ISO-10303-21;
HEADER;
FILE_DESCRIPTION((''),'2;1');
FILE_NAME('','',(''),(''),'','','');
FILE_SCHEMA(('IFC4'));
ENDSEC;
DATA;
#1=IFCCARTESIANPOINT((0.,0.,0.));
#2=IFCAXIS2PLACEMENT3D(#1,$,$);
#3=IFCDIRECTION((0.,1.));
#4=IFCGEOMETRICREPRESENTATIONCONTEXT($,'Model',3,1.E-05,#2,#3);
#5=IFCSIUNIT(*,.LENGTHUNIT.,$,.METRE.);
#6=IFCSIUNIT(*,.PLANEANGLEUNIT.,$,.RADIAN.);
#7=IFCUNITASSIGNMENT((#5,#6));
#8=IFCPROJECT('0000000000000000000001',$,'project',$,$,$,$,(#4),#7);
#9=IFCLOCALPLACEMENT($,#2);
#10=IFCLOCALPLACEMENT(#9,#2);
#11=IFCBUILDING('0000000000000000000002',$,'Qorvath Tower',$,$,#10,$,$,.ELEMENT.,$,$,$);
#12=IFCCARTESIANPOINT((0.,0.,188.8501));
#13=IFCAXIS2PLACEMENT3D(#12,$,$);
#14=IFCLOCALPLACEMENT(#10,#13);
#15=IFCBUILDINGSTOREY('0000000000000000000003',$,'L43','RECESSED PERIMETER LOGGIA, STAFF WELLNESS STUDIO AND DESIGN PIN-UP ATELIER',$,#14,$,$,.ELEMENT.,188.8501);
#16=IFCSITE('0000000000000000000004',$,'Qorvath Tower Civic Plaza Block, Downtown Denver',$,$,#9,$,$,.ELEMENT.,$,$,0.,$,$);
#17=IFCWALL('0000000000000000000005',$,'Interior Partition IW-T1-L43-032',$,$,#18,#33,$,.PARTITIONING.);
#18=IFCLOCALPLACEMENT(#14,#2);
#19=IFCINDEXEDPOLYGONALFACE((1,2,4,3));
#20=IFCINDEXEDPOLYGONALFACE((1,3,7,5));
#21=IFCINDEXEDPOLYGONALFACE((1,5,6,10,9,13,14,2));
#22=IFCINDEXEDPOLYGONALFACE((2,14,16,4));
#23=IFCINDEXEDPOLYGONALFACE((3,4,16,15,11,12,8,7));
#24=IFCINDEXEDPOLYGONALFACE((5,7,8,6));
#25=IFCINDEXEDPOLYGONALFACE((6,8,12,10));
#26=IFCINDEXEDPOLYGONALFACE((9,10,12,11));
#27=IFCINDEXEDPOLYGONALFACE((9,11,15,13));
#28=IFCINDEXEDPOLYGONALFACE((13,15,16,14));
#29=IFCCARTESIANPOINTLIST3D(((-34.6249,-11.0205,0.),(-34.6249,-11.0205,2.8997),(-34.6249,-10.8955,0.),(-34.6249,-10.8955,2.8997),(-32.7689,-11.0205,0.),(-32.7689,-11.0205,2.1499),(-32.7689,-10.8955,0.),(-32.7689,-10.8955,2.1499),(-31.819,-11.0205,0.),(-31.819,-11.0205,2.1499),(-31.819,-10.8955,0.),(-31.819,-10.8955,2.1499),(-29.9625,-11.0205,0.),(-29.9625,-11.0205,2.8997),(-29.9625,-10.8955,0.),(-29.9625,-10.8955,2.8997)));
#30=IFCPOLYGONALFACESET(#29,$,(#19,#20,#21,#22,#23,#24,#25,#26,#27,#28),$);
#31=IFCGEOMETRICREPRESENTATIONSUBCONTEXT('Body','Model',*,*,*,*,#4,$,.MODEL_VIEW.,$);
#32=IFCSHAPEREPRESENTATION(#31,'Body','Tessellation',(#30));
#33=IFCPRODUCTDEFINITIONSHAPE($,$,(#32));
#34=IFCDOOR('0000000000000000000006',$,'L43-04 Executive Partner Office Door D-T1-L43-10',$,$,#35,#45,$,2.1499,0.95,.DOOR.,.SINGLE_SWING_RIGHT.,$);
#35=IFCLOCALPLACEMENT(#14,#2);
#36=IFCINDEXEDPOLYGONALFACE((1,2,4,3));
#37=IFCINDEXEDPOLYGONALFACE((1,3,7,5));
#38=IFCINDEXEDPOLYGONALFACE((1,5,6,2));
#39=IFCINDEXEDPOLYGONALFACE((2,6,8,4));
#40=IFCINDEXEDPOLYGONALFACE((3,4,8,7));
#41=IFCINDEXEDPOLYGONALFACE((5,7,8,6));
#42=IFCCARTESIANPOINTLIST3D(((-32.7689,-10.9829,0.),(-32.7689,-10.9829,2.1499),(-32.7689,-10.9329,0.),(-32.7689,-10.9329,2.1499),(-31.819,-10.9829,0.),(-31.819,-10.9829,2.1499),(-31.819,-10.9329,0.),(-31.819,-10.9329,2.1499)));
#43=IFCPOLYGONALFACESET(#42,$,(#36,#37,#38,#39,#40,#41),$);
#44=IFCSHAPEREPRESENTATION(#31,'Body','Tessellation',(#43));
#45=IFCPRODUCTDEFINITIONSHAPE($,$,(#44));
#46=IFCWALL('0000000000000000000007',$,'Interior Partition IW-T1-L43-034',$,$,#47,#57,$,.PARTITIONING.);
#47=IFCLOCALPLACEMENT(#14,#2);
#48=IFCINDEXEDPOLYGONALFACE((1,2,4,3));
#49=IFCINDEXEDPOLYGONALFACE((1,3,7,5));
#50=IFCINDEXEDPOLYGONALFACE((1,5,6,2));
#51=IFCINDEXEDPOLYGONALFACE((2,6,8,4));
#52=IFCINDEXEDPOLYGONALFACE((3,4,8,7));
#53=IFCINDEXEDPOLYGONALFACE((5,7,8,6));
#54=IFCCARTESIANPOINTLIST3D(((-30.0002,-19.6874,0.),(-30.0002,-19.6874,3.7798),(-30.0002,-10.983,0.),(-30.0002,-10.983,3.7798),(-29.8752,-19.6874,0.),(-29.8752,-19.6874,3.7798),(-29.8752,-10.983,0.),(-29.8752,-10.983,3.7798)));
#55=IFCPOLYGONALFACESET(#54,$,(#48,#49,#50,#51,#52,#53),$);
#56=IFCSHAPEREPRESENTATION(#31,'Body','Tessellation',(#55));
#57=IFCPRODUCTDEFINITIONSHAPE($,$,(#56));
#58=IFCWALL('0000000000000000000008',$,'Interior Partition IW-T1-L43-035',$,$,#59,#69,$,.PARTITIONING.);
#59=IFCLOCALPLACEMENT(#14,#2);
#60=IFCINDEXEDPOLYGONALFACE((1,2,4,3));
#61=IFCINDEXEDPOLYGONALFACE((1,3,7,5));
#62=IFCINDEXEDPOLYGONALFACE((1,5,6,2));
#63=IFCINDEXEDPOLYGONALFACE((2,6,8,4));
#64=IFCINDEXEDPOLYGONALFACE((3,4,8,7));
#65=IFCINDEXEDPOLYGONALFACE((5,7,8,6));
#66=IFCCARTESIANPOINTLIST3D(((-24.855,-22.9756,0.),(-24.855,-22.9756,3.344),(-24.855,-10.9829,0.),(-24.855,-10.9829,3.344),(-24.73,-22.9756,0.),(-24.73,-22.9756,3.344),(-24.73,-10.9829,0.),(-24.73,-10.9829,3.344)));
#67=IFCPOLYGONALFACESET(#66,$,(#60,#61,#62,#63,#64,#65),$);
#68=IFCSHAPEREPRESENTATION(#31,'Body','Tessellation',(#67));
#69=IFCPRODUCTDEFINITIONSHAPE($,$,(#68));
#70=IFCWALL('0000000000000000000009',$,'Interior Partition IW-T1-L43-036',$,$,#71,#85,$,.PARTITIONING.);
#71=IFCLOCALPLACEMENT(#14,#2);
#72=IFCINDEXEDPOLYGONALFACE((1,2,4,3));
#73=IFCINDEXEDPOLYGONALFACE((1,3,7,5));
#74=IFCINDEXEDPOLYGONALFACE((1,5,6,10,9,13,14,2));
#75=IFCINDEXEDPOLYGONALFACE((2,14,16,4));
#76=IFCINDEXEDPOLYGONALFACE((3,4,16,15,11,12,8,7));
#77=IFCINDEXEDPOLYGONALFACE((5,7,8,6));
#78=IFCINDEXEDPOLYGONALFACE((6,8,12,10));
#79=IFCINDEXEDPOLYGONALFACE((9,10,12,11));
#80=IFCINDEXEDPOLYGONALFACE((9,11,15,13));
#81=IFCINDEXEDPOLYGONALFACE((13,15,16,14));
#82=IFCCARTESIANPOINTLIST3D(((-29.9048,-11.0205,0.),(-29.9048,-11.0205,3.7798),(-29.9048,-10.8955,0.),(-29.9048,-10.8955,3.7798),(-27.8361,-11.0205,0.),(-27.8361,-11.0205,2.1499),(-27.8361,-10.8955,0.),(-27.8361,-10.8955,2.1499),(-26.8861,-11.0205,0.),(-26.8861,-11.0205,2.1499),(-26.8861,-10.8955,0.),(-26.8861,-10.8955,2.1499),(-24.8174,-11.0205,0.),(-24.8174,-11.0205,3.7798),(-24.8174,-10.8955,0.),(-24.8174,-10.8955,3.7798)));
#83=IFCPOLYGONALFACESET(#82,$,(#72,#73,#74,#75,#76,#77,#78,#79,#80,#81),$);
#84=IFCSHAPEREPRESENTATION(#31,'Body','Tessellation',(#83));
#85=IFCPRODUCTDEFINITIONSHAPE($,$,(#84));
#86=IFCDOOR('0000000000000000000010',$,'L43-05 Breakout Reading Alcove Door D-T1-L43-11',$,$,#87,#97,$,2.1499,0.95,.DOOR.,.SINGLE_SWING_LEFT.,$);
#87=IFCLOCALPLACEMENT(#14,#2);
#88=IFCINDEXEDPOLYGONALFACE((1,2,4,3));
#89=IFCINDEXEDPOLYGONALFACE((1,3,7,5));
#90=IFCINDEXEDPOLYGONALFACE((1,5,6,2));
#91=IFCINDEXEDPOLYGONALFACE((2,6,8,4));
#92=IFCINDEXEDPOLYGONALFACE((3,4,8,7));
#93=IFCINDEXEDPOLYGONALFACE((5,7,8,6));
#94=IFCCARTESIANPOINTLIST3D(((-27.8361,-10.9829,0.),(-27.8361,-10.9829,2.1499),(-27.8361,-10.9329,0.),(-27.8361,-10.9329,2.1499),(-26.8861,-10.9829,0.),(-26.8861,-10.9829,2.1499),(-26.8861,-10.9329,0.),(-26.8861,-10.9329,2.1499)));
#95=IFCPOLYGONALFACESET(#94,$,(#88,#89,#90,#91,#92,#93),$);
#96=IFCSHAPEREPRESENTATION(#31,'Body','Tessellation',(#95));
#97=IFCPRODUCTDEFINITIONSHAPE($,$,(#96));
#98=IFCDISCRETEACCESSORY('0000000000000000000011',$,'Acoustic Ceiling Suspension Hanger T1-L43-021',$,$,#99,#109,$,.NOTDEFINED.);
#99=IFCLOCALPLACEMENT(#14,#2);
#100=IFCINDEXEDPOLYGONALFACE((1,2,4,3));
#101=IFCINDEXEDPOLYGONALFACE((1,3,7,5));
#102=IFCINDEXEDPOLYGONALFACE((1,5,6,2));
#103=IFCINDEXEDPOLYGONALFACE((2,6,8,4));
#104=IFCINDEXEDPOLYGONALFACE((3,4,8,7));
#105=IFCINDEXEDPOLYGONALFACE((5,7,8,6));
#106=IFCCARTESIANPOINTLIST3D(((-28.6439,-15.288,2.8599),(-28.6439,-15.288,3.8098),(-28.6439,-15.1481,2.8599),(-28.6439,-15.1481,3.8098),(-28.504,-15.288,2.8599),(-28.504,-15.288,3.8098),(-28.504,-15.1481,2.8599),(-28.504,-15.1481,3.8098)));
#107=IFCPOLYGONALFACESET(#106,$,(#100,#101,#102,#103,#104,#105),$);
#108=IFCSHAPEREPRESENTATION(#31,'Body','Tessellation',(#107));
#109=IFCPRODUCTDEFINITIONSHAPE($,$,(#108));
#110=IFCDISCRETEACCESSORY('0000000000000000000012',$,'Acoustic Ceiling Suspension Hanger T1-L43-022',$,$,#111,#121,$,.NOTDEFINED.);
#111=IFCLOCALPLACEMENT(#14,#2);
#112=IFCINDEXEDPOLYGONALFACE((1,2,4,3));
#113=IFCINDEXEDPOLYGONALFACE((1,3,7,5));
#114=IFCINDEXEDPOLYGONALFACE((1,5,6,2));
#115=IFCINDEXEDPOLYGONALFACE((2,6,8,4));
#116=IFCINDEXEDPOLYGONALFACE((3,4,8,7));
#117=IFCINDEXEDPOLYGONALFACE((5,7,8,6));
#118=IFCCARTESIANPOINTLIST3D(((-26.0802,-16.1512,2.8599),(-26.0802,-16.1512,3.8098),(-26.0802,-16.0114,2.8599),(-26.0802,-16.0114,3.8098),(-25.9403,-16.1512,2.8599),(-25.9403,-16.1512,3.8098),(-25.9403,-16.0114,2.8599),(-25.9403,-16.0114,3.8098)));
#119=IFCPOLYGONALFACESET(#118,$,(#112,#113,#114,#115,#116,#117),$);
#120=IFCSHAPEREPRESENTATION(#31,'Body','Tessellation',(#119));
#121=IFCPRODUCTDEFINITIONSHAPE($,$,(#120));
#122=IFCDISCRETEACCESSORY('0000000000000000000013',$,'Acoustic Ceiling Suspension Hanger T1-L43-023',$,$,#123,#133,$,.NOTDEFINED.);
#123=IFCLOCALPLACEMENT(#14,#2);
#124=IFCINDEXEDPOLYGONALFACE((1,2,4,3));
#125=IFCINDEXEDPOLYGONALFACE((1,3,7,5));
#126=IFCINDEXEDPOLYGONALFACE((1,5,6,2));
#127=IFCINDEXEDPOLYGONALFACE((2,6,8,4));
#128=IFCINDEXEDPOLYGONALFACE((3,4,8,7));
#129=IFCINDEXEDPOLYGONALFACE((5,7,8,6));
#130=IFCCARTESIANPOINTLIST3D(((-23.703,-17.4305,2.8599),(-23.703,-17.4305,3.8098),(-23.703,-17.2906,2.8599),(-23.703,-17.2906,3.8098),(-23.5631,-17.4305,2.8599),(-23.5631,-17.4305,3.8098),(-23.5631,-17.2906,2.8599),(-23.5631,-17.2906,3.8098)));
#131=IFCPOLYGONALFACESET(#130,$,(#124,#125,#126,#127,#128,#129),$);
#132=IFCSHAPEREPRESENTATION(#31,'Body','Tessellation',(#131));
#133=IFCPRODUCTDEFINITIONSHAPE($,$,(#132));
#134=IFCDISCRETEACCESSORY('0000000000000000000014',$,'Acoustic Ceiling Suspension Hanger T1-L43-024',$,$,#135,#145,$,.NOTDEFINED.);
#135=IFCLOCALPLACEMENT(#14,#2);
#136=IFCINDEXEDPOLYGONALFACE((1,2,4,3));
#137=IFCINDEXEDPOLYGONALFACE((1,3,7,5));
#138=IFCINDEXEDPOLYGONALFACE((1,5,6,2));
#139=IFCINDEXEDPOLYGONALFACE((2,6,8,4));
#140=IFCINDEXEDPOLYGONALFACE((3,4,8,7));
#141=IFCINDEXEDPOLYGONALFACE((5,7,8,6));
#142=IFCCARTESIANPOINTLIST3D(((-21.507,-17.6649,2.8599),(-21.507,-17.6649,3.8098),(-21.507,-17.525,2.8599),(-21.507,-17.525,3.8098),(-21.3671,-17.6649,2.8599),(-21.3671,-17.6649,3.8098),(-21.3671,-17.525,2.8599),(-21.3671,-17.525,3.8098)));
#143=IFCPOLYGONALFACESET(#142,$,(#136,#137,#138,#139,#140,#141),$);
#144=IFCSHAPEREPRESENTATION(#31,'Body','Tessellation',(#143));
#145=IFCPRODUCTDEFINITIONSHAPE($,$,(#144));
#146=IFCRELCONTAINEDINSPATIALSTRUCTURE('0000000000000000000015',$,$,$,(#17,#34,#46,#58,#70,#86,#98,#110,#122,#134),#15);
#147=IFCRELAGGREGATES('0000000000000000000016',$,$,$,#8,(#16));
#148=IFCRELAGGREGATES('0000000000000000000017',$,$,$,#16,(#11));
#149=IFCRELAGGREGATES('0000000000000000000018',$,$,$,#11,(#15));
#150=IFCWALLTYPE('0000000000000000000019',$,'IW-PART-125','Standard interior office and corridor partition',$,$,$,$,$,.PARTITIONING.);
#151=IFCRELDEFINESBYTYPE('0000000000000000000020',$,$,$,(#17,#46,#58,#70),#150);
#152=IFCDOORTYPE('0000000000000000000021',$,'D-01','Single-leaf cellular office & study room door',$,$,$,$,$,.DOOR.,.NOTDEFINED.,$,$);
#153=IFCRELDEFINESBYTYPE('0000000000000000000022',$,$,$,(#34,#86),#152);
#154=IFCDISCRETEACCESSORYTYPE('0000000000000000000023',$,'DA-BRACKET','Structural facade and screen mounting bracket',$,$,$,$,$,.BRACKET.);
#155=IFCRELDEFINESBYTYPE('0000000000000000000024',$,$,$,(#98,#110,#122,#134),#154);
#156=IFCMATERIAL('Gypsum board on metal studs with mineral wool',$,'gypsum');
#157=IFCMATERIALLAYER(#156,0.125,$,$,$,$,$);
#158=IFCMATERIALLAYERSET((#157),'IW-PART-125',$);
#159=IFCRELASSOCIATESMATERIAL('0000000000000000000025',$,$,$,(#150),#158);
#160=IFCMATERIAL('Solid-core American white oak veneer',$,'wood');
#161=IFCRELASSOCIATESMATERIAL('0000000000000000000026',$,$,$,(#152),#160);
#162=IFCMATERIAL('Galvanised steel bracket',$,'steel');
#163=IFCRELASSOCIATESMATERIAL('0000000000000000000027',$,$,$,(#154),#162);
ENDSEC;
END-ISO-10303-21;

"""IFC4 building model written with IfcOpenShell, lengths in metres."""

from ifc_helpers import new_model, si_unit, direction, frame, frame_2d, origin, origin_2d, place, context, subcontext, project, spatial, rectangle, extrude, material, layer, layer_set, type_object, element, fill, save


model = new_model("IFC4")

# Units and contexts
model_context = context("Model", 3, precision=1e-05, world=origin(), true_north=direction((0.0, 1.0)))
body_context = subcontext(model_context, "Body", "Model", "MODEL_VIEW")
ifc_project = project(units=[si_unit("LENGTHUNIT", "METRE"), si_unit("PLANEANGLEUNIT", "RADIAN")], contexts=[model_context])

# Site, building, storey
site_placement = place(None, origin())
site = spatial("IfcSite", under=ifc_project, at=site_placement, Name="Qorvath Tower Civic Plaza Block, Downtown Denver", CompositionType="ELEMENT", RefElevation=0.0)
building_placement = place(site_placement, origin())
building = spatial("IfcBuilding", under=site, at=building_placement, Name="Qorvath Tower", CompositionType="ELEMENT")
storey_placement = place(building_placement, frame((0.0, 0.0, 188.8501)))
storey = spatial("IfcBuildingStorey", under=building, at=storey_placement, Name="L43", Description="RECESSED PERIMETER LOGGIA, STAFF WELLNESS STUDIO AND DESIGN PIN-UP ATELIER", CompositionType="ELEMENT", Elevation=188.8501)

# Wall, opening, door
ifc_material_1 = material(Name="Gypsum board on metal studs with mineral wool", Category="gypsum")
ifc_layer_1 = layer(ifc_material_1, 0.125)
ifc_layer_set_1 = layer_set([ifc_layer_1], Name="IW-PART-125")
wall_type_1 = type_object("IfcWallType", Name="IW-PART-125", Description="Standard interior office and corridor partition", PredefinedType="PARTITIONING", material=ifc_layer_set_1)
wall_1_placement = place(storey_placement, frame((-29.9626, -10.958, 0.0), z_axis=(0.0, 0.0, 1.0), x_axis=(-1.0, 0.0, 0.0)))
wall_1 = element("IfcWall", 1, at=wall_1_placement, inside=storey, type_object=wall_type_1, Name="Interior Partition IW-T1-L43-032", PredefinedType="PARTITIONING", context=body_context, shape_type="SweptSolid", body=[
    extrude(rectangle(XDim=4.6624, YDim=0.125, at=frame_2d((2.3311, 0.0))), origin(), (0.0, 0.0, 1.0), 2.8997),
])
opening_1_placement = place(wall_1_placement, frame((1.8562, 0.0, 0.0)))
opening_1 = element("IfcOpeningElement", 2, at=opening_1_placement, cuts=wall_1, PredefinedType="OPENING", context=body_context, shape_type="SweptSolid", body=[
    extrude(rectangle(XDim=0.95, YDim=2.1499, at=frame_2d((0.4751, 1.075))), frame((0.0, 0.0725, 0.0), z_axis=(0.0, -1.0, 0.0), x_axis=(1.0, 0.0, 0.0)), (0.0, 0.0, 1.0), 0.145),
])
ifc_material_2 = material(Name="Solid-core American white oak veneer", Category="wood")
door_type_1 = type_object("IfcDoorType", Name="D-01", Description="Single-leaf cellular office & study room door", OperationType="NOTDEFINED", PredefinedType="DOOR", material=ifc_material_2)
door_1_placement = place(opening_1_placement, origin())
door_1 = element("IfcDoor", 3, at=door_1_placement, inside=storey, type_object=door_type_1, Name="L43-04 Executive Partner Office Door D-T1-L43-10", OperationType="SINGLE_SWING_RIGHT", OverallHeight=2.1499, OverallWidth=0.95, PredefinedType="DOOR", context=body_context, shape_type="SweptSolid", body=[
    extrude(rectangle(XDim=0.95, YDim=2.1499, at=frame_2d((0.4751, 1.075))), frame((0.0, 0.0249, 0.0), z_axis=(0.0, -1.0, 0.0), x_axis=(1.0, 0.0, 0.0)), (0.0, 0.0, 1.0), 0.05),
])
fill(opening_1, door_1)

# Walls
wall_2_placement = place(storey_placement, frame((-29.9377, -19.6873, 0.0), z_axis=(0.0, 0.0, 1.0), x_axis=(0.0, 1.0, 0.0)))
element("IfcWall", 4, at=wall_2_placement, inside=storey, type_object=wall_type_1, Name="Interior Partition IW-T1-L43-034", PredefinedType="PARTITIONING", context=body_context, shape_type="SweptSolid", body=[
    extrude(rectangle(XDim=8.7043, YDim=0.125, at=frame_2d((4.3521, 0.0))), origin(), (0.0, 0.0, 1.0), 3.7798),
])
wall_3_placement = place(storey_placement, frame((-24.7925, -22.9756, 0.0), z_axis=(0.0, 0.0, 1.0), x_axis=(0.0, 1.0, 0.0)))
element("IfcWall", 5, at=wall_3_placement, inside=storey, type_object=wall_type_1, Name="Interior Partition IW-T1-L43-035", PredefinedType="PARTITIONING", context=body_context, shape_type="SweptSolid", body=[
    extrude(rectangle(XDim=11.9927, YDim=0.125, at=frame_2d((5.9963, 0.0))), origin(), (0.0, 0.0, 1.0), 3.344),
])

# Wall, opening, door
wall_4_placement = place(storey_placement, frame((-24.8174, -10.958, 0.0), z_axis=(0.0, 0.0, 1.0), x_axis=(-1.0, 0.0, 0.0)))
wall_4 = element("IfcWall", 6, at=wall_4_placement, inside=storey, type_object=wall_type_1, Name="Interior Partition IW-T1-L43-036", PredefinedType="PARTITIONING", context=body_context, shape_type="SweptSolid", body=[
    extrude(rectangle(XDim=5.0874, YDim=0.125, at=frame_2d((2.5437, 0.0))), origin(), (0.0, 0.0, 1.0), 3.7798),
])
opening_2_placement = place(wall_4_placement, frame((2.0686, 0.0, 0.0)))
opening_2 = element("IfcOpeningElement", 7, at=opening_2_placement, cuts=wall_4, PredefinedType="OPENING", context=body_context, shape_type="SweptSolid", body=[
    extrude(rectangle(XDim=0.95, YDim=2.1499, at=frame_2d((0.4751, 1.075))), frame((0.0, 0.0725, 0.0), z_axis=(0.0, -1.0, 0.0), x_axis=(1.0, 0.0, 0.0)), (0.0, 0.0, 1.0), 0.145),
])
door_2_placement = place(opening_2_placement, origin())
door_2 = element("IfcDoor", 8, at=door_2_placement, inside=storey, type_object=door_type_1, Name="L43-05 Breakout Reading Alcove Door D-T1-L43-11", OperationType="SINGLE_SWING_LEFT", OverallHeight=2.1499, OverallWidth=0.95, PredefinedType="DOOR", context=body_context, shape_type="SweptSolid", body=[
    extrude(rectangle(XDim=0.95, YDim=2.1499, at=frame_2d((0.4751, 1.075))), frame((0.0, 0.0249, 0.0), z_axis=(0.0, -1.0, 0.0), x_axis=(1.0, 0.0, 0.0)), (0.0, 0.0, 1.0), 0.05),
])
fill(opening_2, door_2)

# Discrete accessories
ifc_material_3 = material(Name="Galvanised steel bracket", Category="steel")
discrete_accessory_type = type_object("IfcDiscreteAccessoryType", Name="DA-BRACKET", Description="Structural facade and screen mounting bracket", PredefinedType="BRACKET", material=ifc_material_3)
for number, where, z_axis, x_axis, name in (
    (9, (-28.574, -15.218, 2.8599), (0.0, 0.0, 1.0), (1.0, 0.0, 0.0), "Acoustic Ceiling Suspension Hanger T1-L43-021"),
    (10, (-26.0103, -16.0813, 2.8599), (0.0, 0.0, 1.0), (1.0, 0.0, 0.0), "Acoustic Ceiling Suspension Hanger T1-L43-022"),
    (11, (-23.6331, -17.3606, 2.8599), (0.0, 0.0, 1.0), (1.0, 0.0, 0.0), "Acoustic Ceiling Suspension Hanger T1-L43-023"),
    (12, (-21.437, -17.595, 2.8599), (0.0, 0.0, 1.0), (1.0, 0.0, 0.0), "Acoustic Ceiling Suspension Hanger T1-L43-024"),
):
    element("IfcDiscreteAccessory", number, at=place(storey_placement, frame(where, z_axis=z_axis, x_axis=x_axis)), inside=storey, type_object=discrete_accessory_type, Name=name, PredefinedType="NOTDEFINED", context=body_context, shape_type="SweptSolid", body=[
        extrude(rectangle(XDim=0.1399, YDim=0.1399, at=origin_2d()), origin(), (0.0, 0.0, 1.0), 0.95),
    ])

save(model, "model.ifc")
